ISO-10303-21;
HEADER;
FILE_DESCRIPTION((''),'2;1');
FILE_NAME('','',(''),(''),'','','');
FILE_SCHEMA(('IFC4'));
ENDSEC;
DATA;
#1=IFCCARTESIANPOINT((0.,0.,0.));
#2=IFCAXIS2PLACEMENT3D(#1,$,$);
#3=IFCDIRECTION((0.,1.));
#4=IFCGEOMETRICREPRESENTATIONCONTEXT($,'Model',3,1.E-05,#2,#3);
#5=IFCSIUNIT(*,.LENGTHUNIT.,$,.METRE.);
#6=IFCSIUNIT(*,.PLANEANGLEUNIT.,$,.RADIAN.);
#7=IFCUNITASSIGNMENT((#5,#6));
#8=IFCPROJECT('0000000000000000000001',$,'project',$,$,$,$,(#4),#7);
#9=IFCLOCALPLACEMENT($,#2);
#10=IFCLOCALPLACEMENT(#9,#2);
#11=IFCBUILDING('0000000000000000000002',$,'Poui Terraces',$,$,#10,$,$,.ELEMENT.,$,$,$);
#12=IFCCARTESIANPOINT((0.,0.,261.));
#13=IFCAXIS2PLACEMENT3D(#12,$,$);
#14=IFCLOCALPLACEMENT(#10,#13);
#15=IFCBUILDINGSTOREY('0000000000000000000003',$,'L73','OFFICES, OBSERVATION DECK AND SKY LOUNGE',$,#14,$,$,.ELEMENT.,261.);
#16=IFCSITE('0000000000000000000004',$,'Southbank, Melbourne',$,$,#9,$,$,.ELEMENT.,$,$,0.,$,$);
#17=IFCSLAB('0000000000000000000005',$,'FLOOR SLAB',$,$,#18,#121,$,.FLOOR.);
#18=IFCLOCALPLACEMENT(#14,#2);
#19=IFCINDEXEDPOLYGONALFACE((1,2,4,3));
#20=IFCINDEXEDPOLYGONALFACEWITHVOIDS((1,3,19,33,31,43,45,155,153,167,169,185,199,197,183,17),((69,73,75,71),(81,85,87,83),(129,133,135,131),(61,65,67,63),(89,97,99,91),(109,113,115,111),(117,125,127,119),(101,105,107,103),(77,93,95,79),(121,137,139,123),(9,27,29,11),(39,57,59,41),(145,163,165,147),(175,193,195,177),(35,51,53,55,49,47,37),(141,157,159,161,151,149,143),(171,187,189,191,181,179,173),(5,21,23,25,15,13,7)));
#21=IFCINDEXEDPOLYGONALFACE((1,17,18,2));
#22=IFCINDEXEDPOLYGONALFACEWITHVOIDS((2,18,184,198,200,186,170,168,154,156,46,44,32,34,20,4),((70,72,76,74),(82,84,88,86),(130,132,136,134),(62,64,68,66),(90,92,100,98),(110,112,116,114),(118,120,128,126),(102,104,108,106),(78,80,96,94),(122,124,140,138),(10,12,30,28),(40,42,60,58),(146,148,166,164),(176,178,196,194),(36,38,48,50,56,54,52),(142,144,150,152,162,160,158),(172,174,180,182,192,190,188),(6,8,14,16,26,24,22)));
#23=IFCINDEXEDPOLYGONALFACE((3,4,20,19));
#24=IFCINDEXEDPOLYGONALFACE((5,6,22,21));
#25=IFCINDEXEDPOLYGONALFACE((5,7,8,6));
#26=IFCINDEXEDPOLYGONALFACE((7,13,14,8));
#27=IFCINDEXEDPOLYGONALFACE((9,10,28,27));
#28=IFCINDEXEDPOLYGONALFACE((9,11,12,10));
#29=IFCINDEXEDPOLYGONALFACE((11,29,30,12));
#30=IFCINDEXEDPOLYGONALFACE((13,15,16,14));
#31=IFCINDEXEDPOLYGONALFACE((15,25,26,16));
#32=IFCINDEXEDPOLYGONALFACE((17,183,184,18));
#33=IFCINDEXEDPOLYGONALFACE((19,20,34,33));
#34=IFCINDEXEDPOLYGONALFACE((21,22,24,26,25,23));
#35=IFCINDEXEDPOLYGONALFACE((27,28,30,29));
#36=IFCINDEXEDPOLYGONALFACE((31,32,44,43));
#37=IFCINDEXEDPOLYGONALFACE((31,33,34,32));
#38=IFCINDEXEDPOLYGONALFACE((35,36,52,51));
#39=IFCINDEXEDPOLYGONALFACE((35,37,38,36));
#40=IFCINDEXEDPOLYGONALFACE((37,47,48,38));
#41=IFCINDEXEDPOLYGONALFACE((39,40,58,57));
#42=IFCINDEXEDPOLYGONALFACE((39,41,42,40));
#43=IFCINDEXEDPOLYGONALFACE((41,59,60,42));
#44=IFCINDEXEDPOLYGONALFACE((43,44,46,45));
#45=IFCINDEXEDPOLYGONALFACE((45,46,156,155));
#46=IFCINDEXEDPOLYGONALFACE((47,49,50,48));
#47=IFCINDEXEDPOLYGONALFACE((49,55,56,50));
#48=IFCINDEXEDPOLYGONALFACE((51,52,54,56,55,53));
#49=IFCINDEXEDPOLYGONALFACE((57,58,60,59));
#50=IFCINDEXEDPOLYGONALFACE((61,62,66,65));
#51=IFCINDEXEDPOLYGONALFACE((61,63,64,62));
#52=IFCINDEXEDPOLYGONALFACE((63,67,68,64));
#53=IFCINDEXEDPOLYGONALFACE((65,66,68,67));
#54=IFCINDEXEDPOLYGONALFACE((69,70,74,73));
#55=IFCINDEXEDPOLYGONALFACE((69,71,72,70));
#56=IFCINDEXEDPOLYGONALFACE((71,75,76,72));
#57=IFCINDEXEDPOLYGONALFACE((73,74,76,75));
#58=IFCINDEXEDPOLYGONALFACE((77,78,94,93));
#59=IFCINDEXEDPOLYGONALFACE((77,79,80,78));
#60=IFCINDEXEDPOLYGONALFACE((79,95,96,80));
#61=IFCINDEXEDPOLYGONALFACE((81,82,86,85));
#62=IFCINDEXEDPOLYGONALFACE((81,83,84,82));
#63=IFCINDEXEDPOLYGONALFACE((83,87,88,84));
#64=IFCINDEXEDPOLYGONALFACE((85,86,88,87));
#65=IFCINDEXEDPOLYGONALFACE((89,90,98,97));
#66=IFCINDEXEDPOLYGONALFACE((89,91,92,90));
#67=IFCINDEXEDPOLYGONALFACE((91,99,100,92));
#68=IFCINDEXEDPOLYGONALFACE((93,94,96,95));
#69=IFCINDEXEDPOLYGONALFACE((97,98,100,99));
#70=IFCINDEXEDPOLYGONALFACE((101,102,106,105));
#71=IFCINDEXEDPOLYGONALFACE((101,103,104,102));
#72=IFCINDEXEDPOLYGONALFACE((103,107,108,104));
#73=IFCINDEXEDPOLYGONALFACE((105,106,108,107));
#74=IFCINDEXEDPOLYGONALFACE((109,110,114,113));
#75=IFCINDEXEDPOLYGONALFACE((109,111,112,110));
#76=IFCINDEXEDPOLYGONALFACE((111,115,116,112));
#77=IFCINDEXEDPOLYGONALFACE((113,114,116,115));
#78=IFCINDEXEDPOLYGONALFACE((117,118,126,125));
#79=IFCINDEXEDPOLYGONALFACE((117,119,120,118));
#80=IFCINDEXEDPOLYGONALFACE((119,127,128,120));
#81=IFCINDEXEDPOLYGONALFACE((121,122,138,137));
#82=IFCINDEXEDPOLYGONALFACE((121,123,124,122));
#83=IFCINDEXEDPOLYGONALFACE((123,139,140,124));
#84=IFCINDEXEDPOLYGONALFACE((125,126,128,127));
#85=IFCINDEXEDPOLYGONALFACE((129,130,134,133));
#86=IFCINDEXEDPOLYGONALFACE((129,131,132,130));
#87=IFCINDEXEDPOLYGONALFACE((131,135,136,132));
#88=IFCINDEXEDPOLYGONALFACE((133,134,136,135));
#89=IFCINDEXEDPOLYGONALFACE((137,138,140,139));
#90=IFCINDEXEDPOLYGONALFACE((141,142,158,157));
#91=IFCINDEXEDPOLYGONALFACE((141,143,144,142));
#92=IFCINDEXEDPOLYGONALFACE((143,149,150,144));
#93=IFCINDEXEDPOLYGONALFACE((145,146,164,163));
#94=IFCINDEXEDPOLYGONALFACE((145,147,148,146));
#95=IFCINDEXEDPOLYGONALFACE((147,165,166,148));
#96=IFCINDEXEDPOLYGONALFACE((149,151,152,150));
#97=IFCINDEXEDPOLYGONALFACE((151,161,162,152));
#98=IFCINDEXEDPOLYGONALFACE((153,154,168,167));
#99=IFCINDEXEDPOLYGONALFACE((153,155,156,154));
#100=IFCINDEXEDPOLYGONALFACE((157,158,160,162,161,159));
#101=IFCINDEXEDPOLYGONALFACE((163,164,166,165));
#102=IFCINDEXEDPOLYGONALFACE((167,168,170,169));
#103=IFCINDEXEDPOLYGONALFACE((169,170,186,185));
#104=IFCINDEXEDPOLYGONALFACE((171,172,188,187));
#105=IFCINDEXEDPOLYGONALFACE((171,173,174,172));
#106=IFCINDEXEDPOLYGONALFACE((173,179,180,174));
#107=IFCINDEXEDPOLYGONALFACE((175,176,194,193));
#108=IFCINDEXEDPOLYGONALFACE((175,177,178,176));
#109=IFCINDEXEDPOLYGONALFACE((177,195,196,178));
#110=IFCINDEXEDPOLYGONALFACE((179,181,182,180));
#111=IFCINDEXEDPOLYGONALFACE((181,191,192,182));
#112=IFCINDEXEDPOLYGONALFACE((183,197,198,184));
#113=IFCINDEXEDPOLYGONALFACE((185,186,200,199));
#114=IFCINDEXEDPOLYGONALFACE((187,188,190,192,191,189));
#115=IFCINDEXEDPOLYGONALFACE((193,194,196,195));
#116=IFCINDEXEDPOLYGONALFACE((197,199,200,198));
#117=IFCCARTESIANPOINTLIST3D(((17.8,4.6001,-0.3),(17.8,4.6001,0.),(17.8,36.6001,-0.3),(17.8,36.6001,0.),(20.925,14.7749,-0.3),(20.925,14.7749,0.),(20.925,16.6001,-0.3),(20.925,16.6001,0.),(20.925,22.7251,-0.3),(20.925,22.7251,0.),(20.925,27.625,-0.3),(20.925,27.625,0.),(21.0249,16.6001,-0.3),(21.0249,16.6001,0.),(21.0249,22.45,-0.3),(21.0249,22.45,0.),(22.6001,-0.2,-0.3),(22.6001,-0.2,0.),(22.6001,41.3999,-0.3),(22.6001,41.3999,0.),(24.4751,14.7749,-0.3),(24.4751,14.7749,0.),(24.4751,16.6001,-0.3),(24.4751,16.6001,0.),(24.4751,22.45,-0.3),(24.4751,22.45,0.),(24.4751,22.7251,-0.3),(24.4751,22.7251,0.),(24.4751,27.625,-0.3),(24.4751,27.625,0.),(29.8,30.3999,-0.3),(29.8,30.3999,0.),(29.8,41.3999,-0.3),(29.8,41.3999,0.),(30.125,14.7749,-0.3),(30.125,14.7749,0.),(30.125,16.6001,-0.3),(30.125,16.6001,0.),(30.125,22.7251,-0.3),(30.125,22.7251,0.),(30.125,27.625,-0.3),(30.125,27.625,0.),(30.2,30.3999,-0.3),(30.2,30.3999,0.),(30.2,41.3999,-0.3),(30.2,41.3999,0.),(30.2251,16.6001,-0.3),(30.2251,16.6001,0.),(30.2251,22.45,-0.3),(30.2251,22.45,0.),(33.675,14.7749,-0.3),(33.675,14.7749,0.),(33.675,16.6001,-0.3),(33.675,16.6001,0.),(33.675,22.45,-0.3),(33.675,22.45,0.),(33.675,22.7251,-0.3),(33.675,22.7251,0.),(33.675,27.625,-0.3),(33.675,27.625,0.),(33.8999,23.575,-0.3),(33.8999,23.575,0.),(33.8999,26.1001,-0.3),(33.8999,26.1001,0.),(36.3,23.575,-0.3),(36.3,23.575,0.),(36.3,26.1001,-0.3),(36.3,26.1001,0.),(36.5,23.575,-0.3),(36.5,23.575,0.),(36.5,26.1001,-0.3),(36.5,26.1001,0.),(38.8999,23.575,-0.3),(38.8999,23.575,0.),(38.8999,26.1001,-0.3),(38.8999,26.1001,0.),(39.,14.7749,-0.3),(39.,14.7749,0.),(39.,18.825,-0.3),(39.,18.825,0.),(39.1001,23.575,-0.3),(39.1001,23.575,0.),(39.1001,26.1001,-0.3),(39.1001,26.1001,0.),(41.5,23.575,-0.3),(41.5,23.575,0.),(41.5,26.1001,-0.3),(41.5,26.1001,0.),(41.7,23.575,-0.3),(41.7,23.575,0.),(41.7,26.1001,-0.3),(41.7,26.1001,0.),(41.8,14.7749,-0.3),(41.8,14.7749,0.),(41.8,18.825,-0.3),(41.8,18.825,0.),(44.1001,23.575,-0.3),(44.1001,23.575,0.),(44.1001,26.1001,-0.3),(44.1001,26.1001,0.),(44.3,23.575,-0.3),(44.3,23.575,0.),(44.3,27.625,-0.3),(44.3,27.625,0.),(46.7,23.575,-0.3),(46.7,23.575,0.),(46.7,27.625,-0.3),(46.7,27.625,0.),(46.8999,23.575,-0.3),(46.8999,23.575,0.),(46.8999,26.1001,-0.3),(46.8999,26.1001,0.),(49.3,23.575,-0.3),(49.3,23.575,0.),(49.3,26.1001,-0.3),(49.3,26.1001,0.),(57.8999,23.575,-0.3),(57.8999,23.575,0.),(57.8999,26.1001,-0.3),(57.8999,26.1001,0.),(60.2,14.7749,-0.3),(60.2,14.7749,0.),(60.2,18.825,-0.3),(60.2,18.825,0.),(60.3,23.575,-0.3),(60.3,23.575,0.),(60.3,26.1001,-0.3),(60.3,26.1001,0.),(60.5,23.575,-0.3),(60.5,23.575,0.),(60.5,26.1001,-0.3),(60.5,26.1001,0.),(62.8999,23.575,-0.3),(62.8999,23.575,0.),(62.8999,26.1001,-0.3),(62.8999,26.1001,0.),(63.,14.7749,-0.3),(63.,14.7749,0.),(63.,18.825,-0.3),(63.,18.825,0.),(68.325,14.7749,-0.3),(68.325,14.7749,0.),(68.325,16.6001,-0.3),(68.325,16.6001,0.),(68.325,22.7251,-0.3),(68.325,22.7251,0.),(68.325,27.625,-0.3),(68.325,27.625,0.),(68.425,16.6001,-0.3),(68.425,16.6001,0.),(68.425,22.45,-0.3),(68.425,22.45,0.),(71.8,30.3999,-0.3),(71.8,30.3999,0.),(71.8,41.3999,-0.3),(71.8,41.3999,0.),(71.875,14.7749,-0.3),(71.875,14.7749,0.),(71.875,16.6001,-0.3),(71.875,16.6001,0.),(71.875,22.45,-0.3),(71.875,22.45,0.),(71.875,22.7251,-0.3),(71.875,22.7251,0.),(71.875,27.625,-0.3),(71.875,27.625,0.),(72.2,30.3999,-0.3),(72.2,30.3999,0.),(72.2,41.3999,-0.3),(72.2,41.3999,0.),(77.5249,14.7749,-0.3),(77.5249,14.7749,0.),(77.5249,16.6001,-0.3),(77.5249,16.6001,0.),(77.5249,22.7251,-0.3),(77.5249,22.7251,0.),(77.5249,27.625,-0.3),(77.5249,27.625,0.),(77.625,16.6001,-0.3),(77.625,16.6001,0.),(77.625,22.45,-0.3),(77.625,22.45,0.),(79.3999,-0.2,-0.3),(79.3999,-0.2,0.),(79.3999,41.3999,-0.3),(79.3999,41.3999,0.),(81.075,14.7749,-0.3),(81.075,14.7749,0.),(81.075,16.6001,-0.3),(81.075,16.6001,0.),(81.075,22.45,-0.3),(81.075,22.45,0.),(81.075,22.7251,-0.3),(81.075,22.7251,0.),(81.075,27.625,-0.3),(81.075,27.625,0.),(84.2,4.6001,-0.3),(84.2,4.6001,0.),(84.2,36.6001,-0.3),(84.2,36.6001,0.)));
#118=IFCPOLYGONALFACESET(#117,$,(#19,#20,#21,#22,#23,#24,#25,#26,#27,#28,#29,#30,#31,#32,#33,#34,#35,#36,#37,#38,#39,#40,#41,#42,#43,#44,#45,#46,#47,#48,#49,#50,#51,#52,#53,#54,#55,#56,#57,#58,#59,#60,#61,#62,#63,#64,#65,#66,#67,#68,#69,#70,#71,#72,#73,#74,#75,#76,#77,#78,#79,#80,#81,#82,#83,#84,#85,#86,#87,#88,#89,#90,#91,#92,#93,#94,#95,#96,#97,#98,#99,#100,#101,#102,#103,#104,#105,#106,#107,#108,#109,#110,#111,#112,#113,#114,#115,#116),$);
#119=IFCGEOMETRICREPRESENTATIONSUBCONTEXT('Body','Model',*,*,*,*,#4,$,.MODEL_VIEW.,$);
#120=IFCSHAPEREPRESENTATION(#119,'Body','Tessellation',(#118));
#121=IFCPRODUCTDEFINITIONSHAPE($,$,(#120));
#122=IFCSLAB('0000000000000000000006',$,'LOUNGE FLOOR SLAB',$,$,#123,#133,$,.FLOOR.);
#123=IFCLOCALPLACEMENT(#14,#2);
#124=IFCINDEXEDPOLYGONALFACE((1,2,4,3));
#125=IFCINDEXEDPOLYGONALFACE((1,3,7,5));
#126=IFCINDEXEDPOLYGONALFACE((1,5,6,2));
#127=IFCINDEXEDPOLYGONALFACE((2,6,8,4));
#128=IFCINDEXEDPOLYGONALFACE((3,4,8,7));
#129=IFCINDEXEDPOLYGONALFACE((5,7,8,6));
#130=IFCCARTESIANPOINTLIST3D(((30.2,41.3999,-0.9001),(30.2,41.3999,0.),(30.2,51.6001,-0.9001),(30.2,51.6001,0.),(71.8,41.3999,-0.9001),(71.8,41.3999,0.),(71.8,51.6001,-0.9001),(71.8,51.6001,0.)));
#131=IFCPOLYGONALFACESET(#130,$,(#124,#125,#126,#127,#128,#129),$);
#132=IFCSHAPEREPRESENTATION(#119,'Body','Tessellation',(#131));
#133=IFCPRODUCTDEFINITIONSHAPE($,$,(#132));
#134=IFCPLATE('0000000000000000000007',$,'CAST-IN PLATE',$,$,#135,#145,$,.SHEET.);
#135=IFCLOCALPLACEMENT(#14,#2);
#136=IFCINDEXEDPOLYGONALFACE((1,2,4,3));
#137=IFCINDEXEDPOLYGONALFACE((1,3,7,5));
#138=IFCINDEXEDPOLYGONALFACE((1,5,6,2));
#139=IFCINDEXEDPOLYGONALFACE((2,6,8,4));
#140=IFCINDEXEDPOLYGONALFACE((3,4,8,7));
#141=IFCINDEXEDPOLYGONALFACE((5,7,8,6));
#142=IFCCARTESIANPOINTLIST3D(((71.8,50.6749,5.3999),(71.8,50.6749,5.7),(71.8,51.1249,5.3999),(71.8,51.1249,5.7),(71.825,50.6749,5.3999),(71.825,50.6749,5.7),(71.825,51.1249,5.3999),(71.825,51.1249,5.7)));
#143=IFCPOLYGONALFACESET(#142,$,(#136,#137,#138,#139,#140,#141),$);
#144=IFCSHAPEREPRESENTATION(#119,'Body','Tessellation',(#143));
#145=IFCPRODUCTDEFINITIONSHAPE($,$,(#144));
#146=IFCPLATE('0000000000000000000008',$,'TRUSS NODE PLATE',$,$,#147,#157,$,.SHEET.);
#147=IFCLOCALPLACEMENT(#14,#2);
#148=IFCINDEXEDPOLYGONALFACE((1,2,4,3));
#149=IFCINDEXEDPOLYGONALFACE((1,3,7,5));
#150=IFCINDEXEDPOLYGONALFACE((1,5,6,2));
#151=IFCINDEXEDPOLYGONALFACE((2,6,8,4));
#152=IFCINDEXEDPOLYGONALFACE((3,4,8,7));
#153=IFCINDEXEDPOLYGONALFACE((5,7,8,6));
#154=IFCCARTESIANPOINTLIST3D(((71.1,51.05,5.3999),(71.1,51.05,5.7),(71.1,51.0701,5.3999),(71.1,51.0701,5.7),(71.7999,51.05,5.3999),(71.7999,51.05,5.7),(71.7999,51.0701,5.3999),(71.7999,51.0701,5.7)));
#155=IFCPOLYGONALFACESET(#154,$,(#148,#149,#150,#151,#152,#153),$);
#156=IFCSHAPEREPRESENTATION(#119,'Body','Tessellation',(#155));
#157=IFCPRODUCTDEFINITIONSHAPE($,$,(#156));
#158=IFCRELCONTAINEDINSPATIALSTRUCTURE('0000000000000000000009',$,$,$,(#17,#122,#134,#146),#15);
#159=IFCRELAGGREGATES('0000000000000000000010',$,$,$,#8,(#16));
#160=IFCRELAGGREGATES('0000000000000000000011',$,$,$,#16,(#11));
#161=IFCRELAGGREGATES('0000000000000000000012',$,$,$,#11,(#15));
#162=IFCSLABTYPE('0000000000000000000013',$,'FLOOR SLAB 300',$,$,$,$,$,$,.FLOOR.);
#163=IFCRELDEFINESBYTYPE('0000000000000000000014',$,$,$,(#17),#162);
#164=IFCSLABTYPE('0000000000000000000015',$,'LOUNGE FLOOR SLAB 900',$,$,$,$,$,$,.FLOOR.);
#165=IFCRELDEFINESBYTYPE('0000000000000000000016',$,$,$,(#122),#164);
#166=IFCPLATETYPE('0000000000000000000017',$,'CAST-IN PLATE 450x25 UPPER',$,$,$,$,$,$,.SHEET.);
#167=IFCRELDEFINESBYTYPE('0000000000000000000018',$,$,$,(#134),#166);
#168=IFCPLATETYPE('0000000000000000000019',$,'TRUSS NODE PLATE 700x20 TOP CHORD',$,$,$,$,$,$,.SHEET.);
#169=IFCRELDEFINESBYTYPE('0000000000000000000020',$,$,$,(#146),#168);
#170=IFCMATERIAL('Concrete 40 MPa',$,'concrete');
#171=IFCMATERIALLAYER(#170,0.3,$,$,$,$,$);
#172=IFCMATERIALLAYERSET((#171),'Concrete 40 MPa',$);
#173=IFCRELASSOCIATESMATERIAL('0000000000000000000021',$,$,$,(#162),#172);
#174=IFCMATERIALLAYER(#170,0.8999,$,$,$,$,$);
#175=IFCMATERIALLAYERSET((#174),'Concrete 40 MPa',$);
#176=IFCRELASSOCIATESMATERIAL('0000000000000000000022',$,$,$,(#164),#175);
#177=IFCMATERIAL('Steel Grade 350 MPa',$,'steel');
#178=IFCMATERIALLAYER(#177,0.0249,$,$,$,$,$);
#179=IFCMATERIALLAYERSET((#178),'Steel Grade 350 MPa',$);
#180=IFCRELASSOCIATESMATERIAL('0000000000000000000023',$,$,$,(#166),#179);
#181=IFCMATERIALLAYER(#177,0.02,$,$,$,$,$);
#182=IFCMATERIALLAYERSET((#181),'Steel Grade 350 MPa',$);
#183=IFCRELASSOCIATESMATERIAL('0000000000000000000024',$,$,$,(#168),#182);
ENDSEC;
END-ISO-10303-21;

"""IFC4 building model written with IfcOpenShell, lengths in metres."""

from ifc_helpers import new_model, si_unit, direction, frame, origin, origin_2d, place, context, subcontext, project, spatial, polyline, rectangle, outline, extrude, source, transform, mapped, material, layer, layer_set, type_object, element, save


model = new_model("IFC4")

# Units and contexts
model_context = context("Model", 3, precision=1e-05, world=origin(), true_north=direction((0.0, 1.0)))
body_context = subcontext(model_context, "Body", "Model", "MODEL_VIEW")
ifc_project = project(units=[si_unit("LENGTHUNIT", "METRE"), si_unit("PLANEANGLEUNIT", "RADIAN")], contexts=[model_context])

# Site, building, storey
site_placement = place(None, origin())
site = spatial("IfcSite", under=ifc_project, at=site_placement, Name="Southbank, Melbourne", CompositionType="ELEMENT", RefElevation=0.0)
building_placement = place(site_placement, origin())
building = spatial("IfcBuilding", under=site, at=building_placement, Name="Poui Terraces", CompositionType="ELEMENT")
storey_placement = place(building_placement, frame((0.0, 0.0, 261.0)))
storey = spatial("IfcBuildingStorey", under=building, at=storey_placement, Name="L73", Description="OFFICES, OBSERVATION DECK AND SKY LOUNGE", CompositionType="ELEMENT", Elevation=261.0)

# Shared definitions
ifc_material_1 = material(Name="Steel Grade 350 MPa", Category="steel")

# Slabs
ifc_material_2 = material(Name="Concrete 40 MPa", Category="concrete")
ifc_layer_1 = layer(ifc_material_2, 0.3)
ifc_layer_set_1 = layer_set([ifc_layer_1], Name="Concrete 40 MPa")
slab_type_1 = type_object("IfcSlabType", Name="FLOOR SLAB 300", PredefinedType="FLOOR", material=ifc_layer_set_1)
shared_shape_1 = source(origin(), body_context, "Body", "SweptSolid", [
    extrude(outline(polyline([(0.0, 0.0), (-7.2, 0.0), (-7.2, -11.0), (-7.5999, -11.0), (-7.5999, 0.0), (-49.2, 0.0), (-49.2, -11.0), (-49.5999, -11.0), (-49.5999, 0.0), (-56.7998, 0.0), (-61.5999, -4.7998), (-61.5999, -36.7998), (-56.7998, -41.5999), (0.0, -41.5999), (4.8, -36.7998), (4.8, -4.7998), (0.0, 0.0)]), holes=[polyline([(-40.3999, -26.625), (-40.3999, -22.575), (-37.5999, -22.575), (-37.5999, -26.625), (-40.3999, -26.625)]), polyline([(-58.375, -18.95), (-54.9248, -18.95), (-54.9248, -24.7998), (-54.9248, -26.625), (-58.4749, -26.625), (-58.4749, -24.7998), (-58.375, -24.7998), (-58.375, -18.95)]), polyline([(-49.1748, -18.95), (-45.7249, -18.95), (-45.7249, -24.7998), (-45.7249, -26.625), (-49.2749, -26.625), (-49.2749, -24.7998), (-49.1748, -24.7998), (-49.1748, -18.95)]), polyline([(-45.5, -15.2998), (-43.0999, -15.2998), (-43.0999, -17.825), (-45.5, -17.825), (-45.5, -15.2998)]), polyline([(-42.8999, -15.2998), (-40.5, -15.2998), (-40.5, -17.825), (-42.8999, -17.825), (-42.8999, -15.2998)]), polyline([(-40.2998, -17.825), (-40.2998, -15.2998), (-37.8999, -15.2998), (-37.8999, -17.825), (-40.2998, -17.825)]), polyline([(-37.7, -17.825), (-37.7, -15.2998), (-35.2998, -15.2998), (-35.2998, -17.825), (-37.7, -17.825)]), polyline([(-58.4749, -18.6748), (-58.4749, -13.7749), (-54.9248, -13.7749), (-54.9248, -18.6748), (-58.4749, -18.6748)]), polyline([(-49.2749, -13.7749), (-45.7249, -13.7749), (-45.7249, -18.6748), (-49.2749, -18.6748), (-49.2749, -13.7749)]), polyline([(-19.2, -26.625), (-19.2, -22.575), (-16.3999, -22.575), (-16.3999, -26.625), (-19.2, -26.625)]), polyline([(-10.9749, -18.95), (-7.5249, -18.95), (-7.5249, -24.7998), (-7.5249, -26.625), (-11.075, -26.625), (-11.075, -24.7998), (-10.9749, -24.7998), (-10.9749, -18.95)]), polyline([(-1.7749, -18.95), (1.675, -18.95), (1.675, -24.7998), (1.675, -26.625), (-1.875, -26.625), (-1.875, -24.7998), (-1.7749, -24.7998), (-1.7749, -18.95)]), polyline([(-32.5, -15.2998), (-30.0999, -15.2998), (-30.0999, -17.825), (-32.5, -17.825), (-32.5, -15.2998)]), polyline([(-21.5, -15.2998), (-19.0999, -15.2998), (-19.0999, -17.825), (-21.5, -17.825), (-21.5, -15.2998)]), polyline([(-18.8999, -17.825), (-18.8999, -15.2998), (-16.5, -15.2998), (-16.5, -17.825), (-18.8999, -17.825)]), polyline([(-11.075, -18.6748), (-11.075, -13.7749), (-7.5249, -13.7749), (-7.5249, -18.6748), (-11.075, -18.6748)]), polyline([(-1.875, -18.6748), (-1.875, -13.7749), (1.675, -13.7749), (1.675, -18.6748), (-1.875, -18.6748)]), polyline([(-35.0999, -13.7749), (-32.7, -13.7749), (-32.7, -17.825), (-35.0999, -17.825), (-35.0999, -13.7749)])]), origin(), (0.0, 0.0, 1.0), 0.3),
])
slab_1_placement = place(storey_placement, frame((79.3999, 41.3999, -0.3)))
element("IfcSlab", 1, at=slab_1_placement, inside=storey, type_object=slab_type_1, Name="FLOOR SLAB", PredefinedType="FLOOR", context=body_context, shape_type="MappedRepresentation", body=[
    mapped(shared_shape_1, transform((0.0, 0.0, 0.0))),
])
ifc_layer_2 = layer(ifc_material_2, 0.8999)
ifc_layer_set_2 = layer_set([ifc_layer_2], Name="Concrete 40 MPa")
slab_type_2 = type_object("IfcSlabType", Name="LOUNGE FLOOR SLAB 900", PredefinedType="FLOOR", material=ifc_layer_set_2)
shared_shape_2 = source(origin(), body_context, "Body", "SweptSolid", [
    extrude(outline(polyline([(0.0, 0.0), (0.0, 10.2002), (-41.6001, 10.2002), (-41.6001, 0.0), (0.0, 0.0)])), origin(), (0.0, 0.0, 1.0), 0.9001),
])
slab_2_placement = place(storey_placement, frame((71.8, 41.3999, -0.9001)))
element("IfcSlab", 2, at=slab_2_placement, inside=storey, type_object=slab_type_2, Name="LOUNGE FLOOR SLAB", PredefinedType="FLOOR", context=body_context, shape_type="MappedRepresentation", body=[
    mapped(shared_shape_2, transform((0.0, 0.0, 0.0))),
])

# Plates
ifc_layer_3 = layer(ifc_material_1, 0.0249)
ifc_layer_set_3 = layer_set([ifc_layer_3], Name="Steel Grade 350 MPa")
plate_type_1 = type_object("IfcPlateType", Name="CAST-IN PLATE 450x25 UPPER", PredefinedType="SHEET", material=ifc_layer_set_3)
shared_shape_3 = source(origin(), body_context, "Body", "SweptSolid", [
    extrude(rectangle(XDim=0.0249, YDim=0.45, at=origin_2d()), origin(), (0.0, 0.0, 1.0), 0.3),
])
plate_1_placement = place(storey_placement, frame((71.8125, 50.8999, 5.3999), z_axis=(0.0, 0.0, 1.0), x_axis=(1.0, 0.0, 0.0)))
element("IfcPlate", 3, at=plate_1_placement, inside=storey, type_object=plate_type_1, Name="CAST-IN PLATE", PredefinedType="SHEET", context=body_context, shape_type="MappedRepresentation", body=[
    mapped(shared_shape_3, transform((0.0, 0.0, 0.0))),
])
ifc_layer_4 = layer(ifc_material_1, 0.02)
ifc_layer_set_4 = layer_set([ifc_layer_4], Name="Steel Grade 350 MPa")
plate_type_2 = type_object("IfcPlateType", Name="TRUSS NODE PLATE 700x20 TOP CHORD", PredefinedType="SHEET", material=ifc_layer_set_4)
shared_shape_4 = source(origin(), body_context, "Body", "SweptSolid", [
    extrude(rectangle(XDim=0.7, YDim=0.02, at=origin_2d()), origin(), (0.0, 0.0, 1.0), 0.3),
])
plate_2_placement = place(storey_placement, frame((71.45, 51.0601, 5.3999), z_axis=(0.0, 0.0, 1.0), x_axis=(1.0, 0.0, 0.0)))
element("IfcPlate", 4, at=plate_2_placement, inside=storey, type_object=plate_type_2, Name="TRUSS NODE PLATE", PredefinedType="SHEET", context=body_context, shape_type="MappedRepresentation", body=[
    mapped(shared_shape_4, transform((0.0, 0.0, 0.0))),
])

save(model, "model.ifc")
